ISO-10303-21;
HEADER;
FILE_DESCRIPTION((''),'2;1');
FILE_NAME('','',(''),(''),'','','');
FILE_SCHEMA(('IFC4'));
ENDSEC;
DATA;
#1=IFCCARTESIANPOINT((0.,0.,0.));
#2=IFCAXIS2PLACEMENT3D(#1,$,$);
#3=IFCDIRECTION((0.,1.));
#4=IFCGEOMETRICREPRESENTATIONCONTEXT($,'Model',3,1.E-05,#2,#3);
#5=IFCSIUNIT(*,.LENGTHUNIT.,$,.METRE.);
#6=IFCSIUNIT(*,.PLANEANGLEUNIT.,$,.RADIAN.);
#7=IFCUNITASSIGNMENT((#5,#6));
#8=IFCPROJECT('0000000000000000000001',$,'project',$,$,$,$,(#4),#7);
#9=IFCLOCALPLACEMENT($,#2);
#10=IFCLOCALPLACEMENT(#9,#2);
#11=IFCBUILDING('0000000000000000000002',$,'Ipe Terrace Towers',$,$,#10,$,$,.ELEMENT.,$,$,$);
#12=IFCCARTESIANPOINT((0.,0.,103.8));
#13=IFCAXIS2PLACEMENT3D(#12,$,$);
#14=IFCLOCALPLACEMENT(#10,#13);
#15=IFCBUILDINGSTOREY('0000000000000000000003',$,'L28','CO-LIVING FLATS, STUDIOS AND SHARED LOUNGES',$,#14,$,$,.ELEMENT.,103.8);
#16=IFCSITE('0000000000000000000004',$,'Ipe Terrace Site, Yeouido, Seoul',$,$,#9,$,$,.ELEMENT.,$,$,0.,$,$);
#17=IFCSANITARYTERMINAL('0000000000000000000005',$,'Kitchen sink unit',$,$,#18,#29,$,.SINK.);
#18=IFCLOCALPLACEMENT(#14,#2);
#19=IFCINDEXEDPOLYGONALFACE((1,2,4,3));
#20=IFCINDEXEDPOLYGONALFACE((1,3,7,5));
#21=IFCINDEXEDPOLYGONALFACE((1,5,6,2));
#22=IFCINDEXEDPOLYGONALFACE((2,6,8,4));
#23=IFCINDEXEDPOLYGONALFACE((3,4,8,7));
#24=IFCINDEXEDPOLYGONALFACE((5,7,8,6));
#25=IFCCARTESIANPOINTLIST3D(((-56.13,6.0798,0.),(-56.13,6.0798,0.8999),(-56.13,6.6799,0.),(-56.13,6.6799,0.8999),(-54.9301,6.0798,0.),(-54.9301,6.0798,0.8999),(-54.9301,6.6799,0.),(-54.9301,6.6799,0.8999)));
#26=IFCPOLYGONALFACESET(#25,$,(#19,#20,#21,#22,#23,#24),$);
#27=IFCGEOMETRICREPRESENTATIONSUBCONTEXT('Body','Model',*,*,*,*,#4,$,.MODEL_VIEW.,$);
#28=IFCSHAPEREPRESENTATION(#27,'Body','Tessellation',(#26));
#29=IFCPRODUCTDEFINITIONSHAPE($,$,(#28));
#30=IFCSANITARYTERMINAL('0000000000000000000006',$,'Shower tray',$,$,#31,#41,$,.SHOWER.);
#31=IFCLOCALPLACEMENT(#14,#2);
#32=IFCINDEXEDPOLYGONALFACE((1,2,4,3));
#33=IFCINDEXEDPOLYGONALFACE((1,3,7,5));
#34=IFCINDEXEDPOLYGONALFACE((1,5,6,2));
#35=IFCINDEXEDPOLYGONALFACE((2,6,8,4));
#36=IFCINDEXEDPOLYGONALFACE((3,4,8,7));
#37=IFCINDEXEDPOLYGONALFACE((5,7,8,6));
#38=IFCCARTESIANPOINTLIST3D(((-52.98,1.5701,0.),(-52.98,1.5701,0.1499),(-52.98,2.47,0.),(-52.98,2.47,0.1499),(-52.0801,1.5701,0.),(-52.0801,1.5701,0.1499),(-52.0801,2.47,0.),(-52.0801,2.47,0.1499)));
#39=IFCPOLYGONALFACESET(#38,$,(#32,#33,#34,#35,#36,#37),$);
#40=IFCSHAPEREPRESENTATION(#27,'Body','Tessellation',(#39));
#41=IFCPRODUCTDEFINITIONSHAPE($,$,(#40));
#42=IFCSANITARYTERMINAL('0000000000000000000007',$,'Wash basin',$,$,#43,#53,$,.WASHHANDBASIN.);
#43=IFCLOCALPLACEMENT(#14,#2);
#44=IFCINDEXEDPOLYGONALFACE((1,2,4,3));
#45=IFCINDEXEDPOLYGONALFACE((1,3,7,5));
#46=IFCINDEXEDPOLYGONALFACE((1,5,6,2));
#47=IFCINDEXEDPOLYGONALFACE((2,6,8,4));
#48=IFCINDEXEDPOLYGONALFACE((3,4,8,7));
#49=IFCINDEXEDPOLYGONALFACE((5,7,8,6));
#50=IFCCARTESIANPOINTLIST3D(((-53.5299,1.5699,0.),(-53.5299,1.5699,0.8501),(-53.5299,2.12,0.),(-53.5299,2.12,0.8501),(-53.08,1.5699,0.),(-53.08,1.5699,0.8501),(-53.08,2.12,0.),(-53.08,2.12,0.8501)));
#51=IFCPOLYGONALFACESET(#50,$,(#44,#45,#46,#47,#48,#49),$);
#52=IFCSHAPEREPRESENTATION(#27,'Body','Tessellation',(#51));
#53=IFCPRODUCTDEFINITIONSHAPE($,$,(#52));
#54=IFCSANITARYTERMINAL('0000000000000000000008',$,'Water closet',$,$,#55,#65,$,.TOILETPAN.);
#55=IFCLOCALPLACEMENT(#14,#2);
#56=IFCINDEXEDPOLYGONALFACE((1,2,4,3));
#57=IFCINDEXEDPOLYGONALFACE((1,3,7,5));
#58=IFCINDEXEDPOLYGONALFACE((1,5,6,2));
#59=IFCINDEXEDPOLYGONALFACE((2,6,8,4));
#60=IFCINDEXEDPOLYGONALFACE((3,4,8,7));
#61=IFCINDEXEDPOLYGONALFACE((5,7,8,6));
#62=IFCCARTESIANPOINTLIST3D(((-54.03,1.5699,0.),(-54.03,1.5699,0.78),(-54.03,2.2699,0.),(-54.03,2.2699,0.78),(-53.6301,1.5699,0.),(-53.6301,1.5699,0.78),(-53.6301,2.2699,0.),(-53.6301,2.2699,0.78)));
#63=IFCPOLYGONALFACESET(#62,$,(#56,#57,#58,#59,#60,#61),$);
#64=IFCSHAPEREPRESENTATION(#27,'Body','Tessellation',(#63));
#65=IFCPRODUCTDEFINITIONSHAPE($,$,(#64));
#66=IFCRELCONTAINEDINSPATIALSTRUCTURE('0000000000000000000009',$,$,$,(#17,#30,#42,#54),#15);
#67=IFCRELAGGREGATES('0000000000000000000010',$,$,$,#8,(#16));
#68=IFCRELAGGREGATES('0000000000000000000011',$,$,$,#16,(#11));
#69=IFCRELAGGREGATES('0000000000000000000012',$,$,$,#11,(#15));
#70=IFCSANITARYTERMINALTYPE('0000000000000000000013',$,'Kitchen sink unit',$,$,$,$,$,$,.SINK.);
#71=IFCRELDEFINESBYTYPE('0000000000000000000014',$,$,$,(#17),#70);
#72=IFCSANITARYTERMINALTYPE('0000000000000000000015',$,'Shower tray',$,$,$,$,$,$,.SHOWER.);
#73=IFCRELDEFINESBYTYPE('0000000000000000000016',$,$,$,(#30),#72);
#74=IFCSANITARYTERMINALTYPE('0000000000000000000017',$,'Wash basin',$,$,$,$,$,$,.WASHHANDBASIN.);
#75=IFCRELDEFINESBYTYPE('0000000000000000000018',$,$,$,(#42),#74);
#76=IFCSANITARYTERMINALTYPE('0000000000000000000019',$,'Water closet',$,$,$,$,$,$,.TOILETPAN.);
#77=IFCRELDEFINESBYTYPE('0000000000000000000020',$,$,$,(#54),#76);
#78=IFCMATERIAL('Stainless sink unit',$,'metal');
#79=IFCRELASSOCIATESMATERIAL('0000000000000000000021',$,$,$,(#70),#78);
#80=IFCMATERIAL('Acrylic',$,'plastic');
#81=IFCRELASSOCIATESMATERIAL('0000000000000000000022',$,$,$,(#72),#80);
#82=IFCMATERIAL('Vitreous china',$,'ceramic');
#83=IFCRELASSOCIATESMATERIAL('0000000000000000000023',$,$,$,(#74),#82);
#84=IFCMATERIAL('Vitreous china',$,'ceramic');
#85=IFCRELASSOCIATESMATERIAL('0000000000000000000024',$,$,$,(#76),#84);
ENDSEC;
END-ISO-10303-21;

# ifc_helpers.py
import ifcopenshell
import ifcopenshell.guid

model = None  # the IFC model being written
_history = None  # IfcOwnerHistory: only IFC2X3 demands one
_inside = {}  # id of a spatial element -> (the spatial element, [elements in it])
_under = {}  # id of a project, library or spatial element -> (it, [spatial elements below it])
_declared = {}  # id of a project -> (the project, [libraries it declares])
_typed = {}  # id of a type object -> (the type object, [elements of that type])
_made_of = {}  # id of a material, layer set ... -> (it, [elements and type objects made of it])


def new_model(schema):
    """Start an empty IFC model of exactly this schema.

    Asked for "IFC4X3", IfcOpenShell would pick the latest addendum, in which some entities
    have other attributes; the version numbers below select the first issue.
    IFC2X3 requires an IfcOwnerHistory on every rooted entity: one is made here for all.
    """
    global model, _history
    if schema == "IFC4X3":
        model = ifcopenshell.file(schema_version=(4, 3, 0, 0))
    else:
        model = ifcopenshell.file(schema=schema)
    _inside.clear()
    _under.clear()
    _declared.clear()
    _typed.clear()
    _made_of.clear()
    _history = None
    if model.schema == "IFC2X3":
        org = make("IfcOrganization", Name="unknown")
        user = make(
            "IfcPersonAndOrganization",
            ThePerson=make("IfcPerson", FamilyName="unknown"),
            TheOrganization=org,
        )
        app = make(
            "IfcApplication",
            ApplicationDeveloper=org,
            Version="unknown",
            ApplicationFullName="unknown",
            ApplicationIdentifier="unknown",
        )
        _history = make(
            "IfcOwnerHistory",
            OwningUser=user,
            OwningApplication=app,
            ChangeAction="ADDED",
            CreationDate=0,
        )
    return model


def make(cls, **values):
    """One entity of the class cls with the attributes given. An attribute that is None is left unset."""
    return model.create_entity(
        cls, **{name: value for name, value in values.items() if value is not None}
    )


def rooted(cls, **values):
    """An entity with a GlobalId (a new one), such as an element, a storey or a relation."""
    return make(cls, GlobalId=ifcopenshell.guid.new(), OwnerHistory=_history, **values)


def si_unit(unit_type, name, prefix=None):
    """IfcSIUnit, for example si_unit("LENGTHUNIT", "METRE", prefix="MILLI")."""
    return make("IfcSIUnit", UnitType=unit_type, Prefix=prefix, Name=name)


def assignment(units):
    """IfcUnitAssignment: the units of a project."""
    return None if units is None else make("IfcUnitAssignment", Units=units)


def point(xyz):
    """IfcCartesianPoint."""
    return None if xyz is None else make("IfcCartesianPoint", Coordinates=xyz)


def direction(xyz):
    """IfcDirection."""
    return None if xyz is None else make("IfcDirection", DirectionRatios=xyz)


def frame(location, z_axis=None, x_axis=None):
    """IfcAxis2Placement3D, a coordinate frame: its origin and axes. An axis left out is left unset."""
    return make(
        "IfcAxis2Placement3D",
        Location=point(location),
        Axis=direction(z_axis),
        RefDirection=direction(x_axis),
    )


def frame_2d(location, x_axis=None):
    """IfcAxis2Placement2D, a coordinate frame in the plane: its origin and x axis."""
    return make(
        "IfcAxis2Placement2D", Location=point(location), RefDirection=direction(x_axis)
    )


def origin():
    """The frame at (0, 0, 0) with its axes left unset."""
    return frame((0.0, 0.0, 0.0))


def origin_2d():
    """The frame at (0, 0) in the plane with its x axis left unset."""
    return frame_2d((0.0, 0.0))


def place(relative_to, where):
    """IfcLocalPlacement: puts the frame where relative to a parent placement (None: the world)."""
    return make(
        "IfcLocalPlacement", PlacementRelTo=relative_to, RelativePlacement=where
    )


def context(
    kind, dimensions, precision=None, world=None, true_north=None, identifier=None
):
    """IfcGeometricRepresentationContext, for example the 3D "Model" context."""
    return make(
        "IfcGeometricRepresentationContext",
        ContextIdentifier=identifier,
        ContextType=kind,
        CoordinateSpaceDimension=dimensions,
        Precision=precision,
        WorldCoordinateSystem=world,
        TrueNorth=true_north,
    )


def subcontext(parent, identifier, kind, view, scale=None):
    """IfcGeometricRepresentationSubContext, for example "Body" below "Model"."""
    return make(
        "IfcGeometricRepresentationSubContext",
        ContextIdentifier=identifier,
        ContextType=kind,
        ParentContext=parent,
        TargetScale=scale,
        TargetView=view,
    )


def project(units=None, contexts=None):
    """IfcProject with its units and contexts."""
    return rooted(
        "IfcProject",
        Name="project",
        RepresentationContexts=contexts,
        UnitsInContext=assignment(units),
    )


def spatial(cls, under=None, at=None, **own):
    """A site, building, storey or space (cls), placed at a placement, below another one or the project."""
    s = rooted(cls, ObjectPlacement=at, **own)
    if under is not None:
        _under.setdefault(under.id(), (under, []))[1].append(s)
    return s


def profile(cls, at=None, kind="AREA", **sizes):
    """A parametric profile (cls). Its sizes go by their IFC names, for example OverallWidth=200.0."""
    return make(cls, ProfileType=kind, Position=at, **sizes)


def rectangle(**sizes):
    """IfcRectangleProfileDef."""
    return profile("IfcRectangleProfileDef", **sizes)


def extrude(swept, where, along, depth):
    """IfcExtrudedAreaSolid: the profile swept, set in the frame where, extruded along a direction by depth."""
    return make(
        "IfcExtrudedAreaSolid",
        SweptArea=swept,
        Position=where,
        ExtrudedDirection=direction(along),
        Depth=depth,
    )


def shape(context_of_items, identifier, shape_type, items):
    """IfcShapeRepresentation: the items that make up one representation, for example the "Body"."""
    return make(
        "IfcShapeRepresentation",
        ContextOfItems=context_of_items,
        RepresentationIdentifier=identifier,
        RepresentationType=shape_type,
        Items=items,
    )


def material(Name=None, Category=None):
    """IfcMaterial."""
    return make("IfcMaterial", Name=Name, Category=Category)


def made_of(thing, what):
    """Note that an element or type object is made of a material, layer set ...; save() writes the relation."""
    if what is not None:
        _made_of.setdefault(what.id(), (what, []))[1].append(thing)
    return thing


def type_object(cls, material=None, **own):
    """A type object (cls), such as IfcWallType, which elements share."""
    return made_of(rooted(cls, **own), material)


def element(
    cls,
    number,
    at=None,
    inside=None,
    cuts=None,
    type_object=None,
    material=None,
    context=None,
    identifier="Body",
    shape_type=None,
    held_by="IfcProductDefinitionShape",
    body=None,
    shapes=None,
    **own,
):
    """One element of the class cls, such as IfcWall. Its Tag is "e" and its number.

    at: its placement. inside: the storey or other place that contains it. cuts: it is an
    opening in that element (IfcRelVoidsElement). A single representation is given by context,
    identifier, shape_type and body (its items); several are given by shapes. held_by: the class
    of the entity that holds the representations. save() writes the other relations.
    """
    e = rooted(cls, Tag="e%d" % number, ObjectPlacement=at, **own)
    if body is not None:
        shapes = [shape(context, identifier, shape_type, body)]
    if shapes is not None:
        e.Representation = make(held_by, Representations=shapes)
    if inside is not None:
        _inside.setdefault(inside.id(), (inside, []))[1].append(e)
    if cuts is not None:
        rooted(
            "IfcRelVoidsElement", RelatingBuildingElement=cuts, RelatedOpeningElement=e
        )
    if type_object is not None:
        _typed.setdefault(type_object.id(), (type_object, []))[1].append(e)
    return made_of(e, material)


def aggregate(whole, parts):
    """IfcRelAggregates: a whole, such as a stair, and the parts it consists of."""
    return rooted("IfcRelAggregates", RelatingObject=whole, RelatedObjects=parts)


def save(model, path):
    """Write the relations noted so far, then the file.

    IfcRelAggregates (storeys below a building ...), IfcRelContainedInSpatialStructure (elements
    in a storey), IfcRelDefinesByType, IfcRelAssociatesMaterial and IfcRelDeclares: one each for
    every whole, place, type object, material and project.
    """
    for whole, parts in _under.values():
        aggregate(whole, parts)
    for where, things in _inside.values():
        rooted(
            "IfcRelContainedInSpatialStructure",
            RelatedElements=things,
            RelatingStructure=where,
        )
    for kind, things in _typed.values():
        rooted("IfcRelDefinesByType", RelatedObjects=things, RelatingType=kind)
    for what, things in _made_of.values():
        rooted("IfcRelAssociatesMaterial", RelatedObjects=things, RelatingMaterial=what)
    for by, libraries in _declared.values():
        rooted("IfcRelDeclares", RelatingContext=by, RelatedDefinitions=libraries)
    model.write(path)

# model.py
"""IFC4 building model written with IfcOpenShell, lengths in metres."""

from ifc_helpers import new_model, si_unit, direction, frame, origin, origin_2d, place, context, subcontext, project, spatial, rectangle, extrude, material, type_object, element, save


model = new_model("IFC4")

# Units and contexts
model_context = context("Model", 3, precision=1e-05, world=origin(), true_north=direction((0.0, 1.0)))
body_context = subcontext(model_context, "Body", "Model", "MODEL_VIEW")
ifc_project = project(units=[si_unit("LENGTHUNIT", "METRE"), si_unit("PLANEANGLEUNIT", "RADIAN")], contexts=[model_context])

# Site, building, storey
site_placement = place(None, origin())
site = spatial("IfcSite", under=ifc_project, at=site_placement, Name="Ipe Terrace Site, Yeouido, Seoul", CompositionType="ELEMENT", RefElevation=0.0)
building_placement = place(site_placement, origin())
building = spatial("IfcBuilding", under=site, at=building_placement, Name="Ipe Terrace Towers", CompositionType="ELEMENT")
storey_placement = place(building_placement, frame((0.0, 0.0, 103.8)))
storey = spatial("IfcBuildingStorey", under=building, at=storey_placement, Name="L28", Description="CO-LIVING FLATS, STUDIOS AND SHARED LOUNGES", CompositionType="ELEMENT", Elevation=103.8)

# Sanitary terminals
ifc_material_1 = material(Name="Stainless sink unit", Category="metal")
sanitary_terminal_type_1 = type_object("IfcSanitaryTerminalType", Name="Kitchen sink unit", PredefinedType="SINK", material=ifc_material_1)
sanitary_terminal_1_placement = place(storey_placement, frame((-55.53, 6.3799, 0.0), z_axis=(0.0, 0.0, 1.0), x_axis=(1.0, 0.0, 0.0)))
element("IfcSanitaryTerminal", 1, at=sanitary_terminal_1_placement, inside=storey, type_object=sanitary_terminal_type_1, Name="Kitchen sink unit", PredefinedType="SINK", context=body_context, shape_type="SweptSolid", body=[
    extrude(rectangle(XDim=1.2, YDim=0.6001, at=origin_2d()), origin(), (0.0, 0.0, 1.0), 0.8999),
])
ifc_material_2 = material(Name="Acrylic", Category="plastic")
sanitary_terminal_type_2 = type_object("IfcSanitaryTerminalType", Name="Shower tray", PredefinedType="SHOWER", material=ifc_material_2)
sanitary_terminal_2_placement = place(storey_placement, frame((-52.53, 2.02, 0.0), z_axis=(0.0, 0.0, 1.0), x_axis=(0.0, 1.0, 0.0)))
element("IfcSanitaryTerminal", 2, at=sanitary_terminal_2_placement, inside=storey, type_object=sanitary_terminal_type_2, Name="Shower tray", PredefinedType="SHOWER", context=body_context, shape_type="SweptSolid", body=[
    extrude(rectangle(XDim=0.8999, YDim=0.8999, at=origin_2d()), origin(), (0.0, 0.0, 1.0), 0.1499),
])
ifc_material_3 = material(Name="Vitreous china", Category="ceramic")
sanitary_terminal_type_3 = type_object("IfcSanitaryTerminalType", Name="Wash basin", PredefinedType="WASHHANDBASIN", material=ifc_material_3)
sanitary_terminal_3_placement = place(storey_placement, frame((-53.3049, 1.845, 0.0), z_axis=(0.0, 0.0, 1.0), x_axis=(0.0, 1.0, 0.0)))
element("IfcSanitaryTerminal", 3, at=sanitary_terminal_3_placement, inside=storey, type_object=sanitary_terminal_type_3, Name="Wash basin", PredefinedType="WASHHANDBASIN", context=body_context, shape_type="SweptSolid", body=[
    extrude(rectangle(XDim=0.55, YDim=0.45, at=origin_2d()), origin(), (0.0, 0.0, 1.0), 0.8501),
])
ifc_material_4 = material(Name="Vitreous china", Category="ceramic")
sanitary_terminal_type_4 = type_object("IfcSanitaryTerminalType", Name="Water closet", PredefinedType="TOILETPAN", material=ifc_material_4)
sanitary_terminal_4_placement = place(storey_placement, frame((-53.8301, 1.9199, 0.0), z_axis=(0.0, 0.0, 1.0), x_axis=(0.0, 1.0, 0.0)))
element("IfcSanitaryTerminal", 4, at=sanitary_terminal_4_placement, inside=storey, type_object=sanitary_terminal_type_4, Name="Water closet", PredefinedType="TOILETPAN", context=body_context, shape_type="SweptSolid", body=[
    extrude(rectangle(XDim=0.7, YDim=0.3999, at=origin_2d()), origin(), (0.0, 0.0, 1.0), 0.78),
])

save(model, "model.ifc")
